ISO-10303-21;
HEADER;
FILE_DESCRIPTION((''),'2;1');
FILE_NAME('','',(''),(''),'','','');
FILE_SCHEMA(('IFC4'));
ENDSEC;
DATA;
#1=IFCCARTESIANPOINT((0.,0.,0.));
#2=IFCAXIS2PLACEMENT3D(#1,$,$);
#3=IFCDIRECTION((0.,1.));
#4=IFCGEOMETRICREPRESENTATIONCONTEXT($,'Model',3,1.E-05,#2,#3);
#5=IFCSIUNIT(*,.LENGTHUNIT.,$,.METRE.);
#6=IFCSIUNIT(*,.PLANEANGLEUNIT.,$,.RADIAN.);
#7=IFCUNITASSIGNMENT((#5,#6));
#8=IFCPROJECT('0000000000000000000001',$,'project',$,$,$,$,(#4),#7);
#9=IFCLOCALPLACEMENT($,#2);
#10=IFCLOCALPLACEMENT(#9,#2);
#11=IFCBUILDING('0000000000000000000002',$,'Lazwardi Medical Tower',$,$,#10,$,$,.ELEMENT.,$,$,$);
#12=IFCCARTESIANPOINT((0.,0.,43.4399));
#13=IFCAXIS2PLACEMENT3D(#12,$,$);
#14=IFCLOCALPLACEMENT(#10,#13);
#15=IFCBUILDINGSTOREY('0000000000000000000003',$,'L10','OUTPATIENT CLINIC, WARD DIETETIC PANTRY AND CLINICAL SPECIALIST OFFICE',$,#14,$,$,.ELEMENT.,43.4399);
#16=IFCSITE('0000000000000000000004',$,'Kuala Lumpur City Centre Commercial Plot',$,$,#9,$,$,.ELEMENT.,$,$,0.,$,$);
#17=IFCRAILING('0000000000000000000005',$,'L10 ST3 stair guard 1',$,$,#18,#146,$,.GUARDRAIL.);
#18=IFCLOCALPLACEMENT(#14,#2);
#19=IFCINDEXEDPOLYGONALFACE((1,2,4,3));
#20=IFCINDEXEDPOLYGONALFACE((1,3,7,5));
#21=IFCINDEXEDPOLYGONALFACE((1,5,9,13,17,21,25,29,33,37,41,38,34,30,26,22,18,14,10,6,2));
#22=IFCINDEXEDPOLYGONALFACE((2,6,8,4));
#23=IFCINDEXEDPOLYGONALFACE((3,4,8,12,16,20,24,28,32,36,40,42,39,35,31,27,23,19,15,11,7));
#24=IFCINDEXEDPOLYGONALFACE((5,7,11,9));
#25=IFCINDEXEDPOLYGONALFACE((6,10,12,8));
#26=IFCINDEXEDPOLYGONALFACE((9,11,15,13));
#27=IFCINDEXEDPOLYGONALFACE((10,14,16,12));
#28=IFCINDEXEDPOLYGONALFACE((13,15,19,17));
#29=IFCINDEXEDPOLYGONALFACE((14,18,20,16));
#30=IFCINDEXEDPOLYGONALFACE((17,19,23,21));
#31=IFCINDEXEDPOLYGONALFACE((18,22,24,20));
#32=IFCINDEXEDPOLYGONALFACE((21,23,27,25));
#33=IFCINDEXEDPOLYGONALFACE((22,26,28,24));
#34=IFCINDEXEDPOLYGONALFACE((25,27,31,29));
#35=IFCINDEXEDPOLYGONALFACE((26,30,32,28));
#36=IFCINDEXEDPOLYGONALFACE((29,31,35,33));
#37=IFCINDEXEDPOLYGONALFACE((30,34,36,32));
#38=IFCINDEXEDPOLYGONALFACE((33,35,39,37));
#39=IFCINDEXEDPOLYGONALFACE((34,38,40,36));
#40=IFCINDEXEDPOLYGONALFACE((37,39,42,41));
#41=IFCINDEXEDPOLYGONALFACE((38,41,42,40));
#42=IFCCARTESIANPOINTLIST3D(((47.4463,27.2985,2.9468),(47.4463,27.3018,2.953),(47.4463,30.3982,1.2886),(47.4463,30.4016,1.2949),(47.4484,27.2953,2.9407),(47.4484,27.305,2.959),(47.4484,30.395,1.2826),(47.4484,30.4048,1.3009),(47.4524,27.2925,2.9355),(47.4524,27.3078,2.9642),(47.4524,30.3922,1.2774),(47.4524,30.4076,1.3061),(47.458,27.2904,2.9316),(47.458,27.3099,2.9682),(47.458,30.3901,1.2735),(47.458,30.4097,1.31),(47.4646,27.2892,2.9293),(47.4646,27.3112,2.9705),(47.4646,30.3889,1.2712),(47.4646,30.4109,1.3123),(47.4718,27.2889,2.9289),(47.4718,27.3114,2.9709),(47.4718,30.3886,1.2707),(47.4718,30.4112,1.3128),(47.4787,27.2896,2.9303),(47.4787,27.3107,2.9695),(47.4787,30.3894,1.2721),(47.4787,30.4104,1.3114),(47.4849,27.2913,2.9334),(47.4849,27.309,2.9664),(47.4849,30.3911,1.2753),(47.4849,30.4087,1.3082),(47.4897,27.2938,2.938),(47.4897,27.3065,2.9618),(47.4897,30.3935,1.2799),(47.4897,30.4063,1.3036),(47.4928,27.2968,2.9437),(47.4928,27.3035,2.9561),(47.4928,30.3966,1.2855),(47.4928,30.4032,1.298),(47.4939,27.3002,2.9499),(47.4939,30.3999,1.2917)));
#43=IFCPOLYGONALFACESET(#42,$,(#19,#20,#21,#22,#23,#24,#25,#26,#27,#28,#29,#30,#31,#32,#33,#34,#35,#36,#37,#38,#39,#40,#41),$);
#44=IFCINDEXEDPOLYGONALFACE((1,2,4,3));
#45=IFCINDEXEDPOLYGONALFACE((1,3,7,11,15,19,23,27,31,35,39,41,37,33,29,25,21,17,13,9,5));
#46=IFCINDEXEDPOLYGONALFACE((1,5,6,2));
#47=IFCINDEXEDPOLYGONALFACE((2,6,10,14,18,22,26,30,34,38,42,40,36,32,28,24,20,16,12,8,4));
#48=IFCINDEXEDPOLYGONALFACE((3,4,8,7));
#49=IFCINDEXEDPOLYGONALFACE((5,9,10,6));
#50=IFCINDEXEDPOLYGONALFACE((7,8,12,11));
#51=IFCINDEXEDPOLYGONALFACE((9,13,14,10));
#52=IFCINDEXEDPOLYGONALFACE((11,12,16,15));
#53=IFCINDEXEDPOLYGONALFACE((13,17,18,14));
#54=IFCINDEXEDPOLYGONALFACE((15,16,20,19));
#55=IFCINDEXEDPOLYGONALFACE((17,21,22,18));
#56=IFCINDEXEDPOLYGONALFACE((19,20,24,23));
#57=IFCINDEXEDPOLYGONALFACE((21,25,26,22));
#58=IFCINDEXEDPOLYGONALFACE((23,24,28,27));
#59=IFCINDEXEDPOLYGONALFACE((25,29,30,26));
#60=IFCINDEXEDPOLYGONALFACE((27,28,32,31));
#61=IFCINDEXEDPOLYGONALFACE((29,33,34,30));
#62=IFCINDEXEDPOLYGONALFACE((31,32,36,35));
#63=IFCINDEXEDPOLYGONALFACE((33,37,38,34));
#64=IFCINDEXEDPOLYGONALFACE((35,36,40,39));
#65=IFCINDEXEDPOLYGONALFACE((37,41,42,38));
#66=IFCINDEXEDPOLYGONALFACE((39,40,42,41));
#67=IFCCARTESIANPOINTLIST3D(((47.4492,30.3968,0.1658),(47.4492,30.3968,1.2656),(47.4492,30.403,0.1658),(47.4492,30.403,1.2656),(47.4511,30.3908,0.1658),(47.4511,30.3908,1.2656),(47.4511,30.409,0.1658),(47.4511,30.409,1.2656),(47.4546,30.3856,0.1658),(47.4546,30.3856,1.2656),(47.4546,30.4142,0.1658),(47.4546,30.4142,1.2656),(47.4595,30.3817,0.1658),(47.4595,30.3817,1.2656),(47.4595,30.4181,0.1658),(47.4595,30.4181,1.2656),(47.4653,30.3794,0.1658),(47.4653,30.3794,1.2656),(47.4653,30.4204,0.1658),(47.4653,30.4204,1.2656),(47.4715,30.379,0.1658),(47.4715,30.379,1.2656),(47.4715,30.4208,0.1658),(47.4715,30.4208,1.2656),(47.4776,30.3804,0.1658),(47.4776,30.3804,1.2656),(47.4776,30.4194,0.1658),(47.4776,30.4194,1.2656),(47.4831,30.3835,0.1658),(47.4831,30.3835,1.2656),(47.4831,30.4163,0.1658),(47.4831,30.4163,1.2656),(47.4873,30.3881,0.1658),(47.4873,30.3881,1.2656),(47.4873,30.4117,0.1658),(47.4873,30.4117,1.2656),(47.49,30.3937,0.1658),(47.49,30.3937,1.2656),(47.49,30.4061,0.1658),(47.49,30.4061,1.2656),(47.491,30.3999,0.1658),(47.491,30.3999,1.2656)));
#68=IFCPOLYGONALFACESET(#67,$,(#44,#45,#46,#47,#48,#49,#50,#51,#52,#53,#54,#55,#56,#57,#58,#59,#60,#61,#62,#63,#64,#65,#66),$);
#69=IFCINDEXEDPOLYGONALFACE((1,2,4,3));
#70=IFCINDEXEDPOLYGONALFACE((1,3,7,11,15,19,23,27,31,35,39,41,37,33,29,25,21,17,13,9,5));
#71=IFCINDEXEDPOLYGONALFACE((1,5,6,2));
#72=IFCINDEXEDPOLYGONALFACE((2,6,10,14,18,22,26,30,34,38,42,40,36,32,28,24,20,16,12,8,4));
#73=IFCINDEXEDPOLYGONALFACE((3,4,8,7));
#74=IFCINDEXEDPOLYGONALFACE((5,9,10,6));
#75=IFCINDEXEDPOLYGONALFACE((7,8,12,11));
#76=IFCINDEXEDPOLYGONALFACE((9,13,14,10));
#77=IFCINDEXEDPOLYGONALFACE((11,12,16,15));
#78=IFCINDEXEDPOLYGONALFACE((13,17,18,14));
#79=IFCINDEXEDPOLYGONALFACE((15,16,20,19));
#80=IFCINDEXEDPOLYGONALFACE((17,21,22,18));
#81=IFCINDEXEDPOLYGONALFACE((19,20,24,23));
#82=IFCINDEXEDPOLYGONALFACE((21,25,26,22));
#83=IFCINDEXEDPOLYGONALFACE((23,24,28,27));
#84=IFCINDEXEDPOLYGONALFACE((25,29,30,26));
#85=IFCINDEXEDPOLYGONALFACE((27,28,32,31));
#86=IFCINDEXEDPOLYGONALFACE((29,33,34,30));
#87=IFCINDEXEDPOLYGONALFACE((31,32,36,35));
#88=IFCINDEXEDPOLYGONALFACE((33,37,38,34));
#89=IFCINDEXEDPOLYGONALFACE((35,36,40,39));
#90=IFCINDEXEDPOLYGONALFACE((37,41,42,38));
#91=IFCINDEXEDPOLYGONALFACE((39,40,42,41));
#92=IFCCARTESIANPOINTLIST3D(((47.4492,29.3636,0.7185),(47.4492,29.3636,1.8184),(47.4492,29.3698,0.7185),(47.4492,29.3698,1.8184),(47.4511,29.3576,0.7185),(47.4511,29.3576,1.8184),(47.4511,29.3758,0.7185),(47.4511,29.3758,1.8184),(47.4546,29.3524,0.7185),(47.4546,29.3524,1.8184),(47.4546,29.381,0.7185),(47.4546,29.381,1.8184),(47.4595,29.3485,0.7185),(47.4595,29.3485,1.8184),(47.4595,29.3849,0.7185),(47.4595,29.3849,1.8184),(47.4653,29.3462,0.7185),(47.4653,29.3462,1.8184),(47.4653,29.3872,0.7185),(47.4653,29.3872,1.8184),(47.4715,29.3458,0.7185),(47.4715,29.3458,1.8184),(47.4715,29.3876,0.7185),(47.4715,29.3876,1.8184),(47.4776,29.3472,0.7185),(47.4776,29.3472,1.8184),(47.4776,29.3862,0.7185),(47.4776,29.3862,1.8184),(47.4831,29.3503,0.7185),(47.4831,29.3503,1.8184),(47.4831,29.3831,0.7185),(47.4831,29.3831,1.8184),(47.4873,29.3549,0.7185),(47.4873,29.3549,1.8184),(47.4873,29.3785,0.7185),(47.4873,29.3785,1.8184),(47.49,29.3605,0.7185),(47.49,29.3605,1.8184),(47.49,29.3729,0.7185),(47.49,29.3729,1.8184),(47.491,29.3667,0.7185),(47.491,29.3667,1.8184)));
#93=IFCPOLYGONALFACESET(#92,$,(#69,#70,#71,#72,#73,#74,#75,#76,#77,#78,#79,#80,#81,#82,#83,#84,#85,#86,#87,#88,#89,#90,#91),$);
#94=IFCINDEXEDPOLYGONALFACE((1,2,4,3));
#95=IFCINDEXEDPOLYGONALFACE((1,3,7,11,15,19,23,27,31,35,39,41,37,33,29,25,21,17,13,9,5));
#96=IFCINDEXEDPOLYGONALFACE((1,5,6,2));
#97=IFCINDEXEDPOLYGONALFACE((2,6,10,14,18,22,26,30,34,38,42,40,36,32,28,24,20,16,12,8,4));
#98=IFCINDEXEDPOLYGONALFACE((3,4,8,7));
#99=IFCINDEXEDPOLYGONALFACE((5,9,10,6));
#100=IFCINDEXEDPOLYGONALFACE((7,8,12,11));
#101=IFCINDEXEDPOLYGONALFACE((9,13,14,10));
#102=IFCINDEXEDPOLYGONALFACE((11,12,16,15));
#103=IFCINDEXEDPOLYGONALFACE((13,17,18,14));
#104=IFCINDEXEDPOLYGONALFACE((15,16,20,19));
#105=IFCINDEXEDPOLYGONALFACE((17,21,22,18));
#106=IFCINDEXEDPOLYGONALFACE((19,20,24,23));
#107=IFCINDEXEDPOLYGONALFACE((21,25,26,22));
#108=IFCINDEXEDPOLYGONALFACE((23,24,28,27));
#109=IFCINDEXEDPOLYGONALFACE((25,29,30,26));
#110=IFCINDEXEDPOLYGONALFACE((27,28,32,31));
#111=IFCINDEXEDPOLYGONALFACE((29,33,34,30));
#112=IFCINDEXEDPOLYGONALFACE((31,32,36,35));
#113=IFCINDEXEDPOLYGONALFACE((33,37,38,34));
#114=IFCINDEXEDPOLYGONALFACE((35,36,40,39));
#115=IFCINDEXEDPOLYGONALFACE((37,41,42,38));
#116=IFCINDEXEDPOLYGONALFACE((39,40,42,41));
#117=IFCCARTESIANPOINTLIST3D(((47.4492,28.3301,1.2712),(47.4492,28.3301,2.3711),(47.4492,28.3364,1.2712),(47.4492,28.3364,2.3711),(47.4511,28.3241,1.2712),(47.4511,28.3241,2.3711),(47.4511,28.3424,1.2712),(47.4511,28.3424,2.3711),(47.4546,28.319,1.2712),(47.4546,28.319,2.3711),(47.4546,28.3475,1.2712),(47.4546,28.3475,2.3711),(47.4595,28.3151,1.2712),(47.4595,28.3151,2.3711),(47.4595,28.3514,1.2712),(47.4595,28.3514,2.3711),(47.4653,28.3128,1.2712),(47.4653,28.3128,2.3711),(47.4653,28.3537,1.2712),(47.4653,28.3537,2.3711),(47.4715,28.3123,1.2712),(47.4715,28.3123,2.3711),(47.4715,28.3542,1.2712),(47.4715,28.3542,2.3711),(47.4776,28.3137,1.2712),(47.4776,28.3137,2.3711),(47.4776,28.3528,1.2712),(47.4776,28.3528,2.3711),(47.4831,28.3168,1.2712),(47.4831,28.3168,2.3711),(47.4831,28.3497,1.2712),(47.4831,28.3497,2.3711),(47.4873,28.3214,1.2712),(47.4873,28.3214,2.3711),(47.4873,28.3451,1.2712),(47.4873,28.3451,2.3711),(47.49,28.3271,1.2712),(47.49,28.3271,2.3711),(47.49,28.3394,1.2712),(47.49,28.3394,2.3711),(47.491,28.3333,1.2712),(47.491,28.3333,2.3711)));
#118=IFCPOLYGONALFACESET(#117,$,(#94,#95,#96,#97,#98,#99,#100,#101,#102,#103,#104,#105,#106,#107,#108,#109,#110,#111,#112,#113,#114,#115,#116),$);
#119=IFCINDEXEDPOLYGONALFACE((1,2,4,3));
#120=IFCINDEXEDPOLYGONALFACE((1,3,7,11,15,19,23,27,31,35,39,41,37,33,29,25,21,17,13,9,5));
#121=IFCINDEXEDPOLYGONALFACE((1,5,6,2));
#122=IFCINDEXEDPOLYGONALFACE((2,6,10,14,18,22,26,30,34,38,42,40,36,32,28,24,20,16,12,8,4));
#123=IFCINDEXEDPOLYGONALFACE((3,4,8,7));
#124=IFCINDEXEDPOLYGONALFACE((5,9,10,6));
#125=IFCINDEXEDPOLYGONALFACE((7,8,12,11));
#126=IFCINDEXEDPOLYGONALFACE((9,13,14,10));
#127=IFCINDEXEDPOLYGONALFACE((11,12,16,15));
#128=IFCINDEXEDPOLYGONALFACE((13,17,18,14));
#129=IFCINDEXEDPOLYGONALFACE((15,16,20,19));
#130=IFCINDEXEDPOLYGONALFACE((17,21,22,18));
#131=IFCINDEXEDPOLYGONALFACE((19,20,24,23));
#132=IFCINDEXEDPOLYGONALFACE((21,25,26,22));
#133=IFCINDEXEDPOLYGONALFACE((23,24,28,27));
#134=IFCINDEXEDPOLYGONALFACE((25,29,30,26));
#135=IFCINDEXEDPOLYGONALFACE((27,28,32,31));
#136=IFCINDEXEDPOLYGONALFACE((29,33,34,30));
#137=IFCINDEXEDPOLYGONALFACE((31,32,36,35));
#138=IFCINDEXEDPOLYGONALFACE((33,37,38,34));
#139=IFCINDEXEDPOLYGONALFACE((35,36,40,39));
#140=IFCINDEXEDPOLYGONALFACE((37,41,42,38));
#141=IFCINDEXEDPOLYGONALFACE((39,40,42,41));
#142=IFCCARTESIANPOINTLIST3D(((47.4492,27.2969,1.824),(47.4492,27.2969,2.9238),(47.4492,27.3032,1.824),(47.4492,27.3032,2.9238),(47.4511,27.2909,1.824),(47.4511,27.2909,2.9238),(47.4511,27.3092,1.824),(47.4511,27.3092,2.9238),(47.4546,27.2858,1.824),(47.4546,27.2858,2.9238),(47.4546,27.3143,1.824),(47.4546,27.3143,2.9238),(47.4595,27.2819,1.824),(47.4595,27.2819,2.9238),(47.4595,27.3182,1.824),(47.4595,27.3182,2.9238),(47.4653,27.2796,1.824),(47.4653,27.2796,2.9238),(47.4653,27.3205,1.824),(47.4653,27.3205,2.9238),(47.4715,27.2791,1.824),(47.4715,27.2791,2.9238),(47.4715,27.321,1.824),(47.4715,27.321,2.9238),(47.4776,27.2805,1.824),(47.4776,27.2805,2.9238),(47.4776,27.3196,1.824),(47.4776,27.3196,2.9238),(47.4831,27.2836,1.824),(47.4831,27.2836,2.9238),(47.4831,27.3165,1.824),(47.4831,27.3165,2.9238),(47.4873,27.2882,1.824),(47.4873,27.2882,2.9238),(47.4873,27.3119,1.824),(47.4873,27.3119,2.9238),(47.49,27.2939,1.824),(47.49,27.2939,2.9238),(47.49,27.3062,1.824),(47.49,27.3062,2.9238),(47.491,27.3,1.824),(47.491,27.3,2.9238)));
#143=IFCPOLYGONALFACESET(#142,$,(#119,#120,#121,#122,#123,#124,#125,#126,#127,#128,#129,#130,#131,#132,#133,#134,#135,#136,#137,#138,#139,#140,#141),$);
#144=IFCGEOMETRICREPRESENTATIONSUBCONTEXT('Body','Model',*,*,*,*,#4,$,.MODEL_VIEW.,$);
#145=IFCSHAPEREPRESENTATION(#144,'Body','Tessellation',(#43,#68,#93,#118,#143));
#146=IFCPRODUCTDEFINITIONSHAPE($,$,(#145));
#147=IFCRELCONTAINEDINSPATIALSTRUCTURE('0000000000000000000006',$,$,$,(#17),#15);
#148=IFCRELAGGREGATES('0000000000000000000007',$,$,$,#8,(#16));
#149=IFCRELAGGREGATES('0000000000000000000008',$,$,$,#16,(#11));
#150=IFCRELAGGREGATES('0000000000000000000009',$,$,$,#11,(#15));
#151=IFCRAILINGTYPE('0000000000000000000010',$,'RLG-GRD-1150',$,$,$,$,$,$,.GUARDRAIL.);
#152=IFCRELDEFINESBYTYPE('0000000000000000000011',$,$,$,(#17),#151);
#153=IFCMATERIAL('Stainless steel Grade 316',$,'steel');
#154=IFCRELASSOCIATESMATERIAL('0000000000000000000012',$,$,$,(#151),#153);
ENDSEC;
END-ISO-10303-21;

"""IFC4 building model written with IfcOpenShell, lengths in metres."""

from ifc_helpers import new_model, si_unit, direction, frame, origin, origin_2d, place, context, subcontext, project, spatial, circle, extrude, material, type_object, element, save


model = new_model("IFC4")

# Units and contexts
model_context = context("Model", 3, precision=1e-05, world=origin(), true_north=direction((0.0, 1.0)))
body_context = subcontext(model_context, "Body", "Model", "MODEL_VIEW")
ifc_project = project(units=[si_unit("LENGTHUNIT", "METRE"), si_unit("PLANEANGLEUNIT", "RADIAN")], contexts=[model_context])

# Site, building, storey
site_placement = place(None, origin())
site = spatial("IfcSite", under=ifc_project, at=site_placement, Name="Kuala Lumpur City Centre Commercial Plot", CompositionType="ELEMENT", RefElevation=0.0)
building_placement = place(site_placement, origin())
building = spatial("IfcBuilding", under=site, at=building_placement, Name="Lazwardi Medical Tower", CompositionType="ELEMENT")
storey_placement = place(building_placement, frame((0.0, 0.0, 43.4399)))
storey = spatial("IfcBuildingStorey", under=building, at=storey_placement, Name="L10", Description="OUTPATIENT CLINIC, WARD DIETETIC PANTRY AND CLINICAL SPECIALIST OFFICE", CompositionType="ELEMENT", Elevation=43.4399)

# Railing
ifc_material_1 = material(Name="Stainless steel Grade 316", Category="steel")
railing_type_1 = type_object("IfcRailingType", Name="RLG-GRD-1150", PredefinedType="GUARDRAIL", material=ifc_material_1)
railing_1_placement = place(storey_placement, frame((47.47, 30.3999, 0.1658)))
element("IfcRailing", 1, at=railing_1_placement, inside=storey, type_object=railing_type_1, Name="L10 ST3 stair guard 1", PredefinedType="GUARDRAIL", context=body_context, shape_type="SweptSolid", body=[
    extrude(circle(Radius=0.0239, at=origin_2d()), frame((0.0, 0.0, 1.126), z_axis=(0.0, -0.881768, 0.471684), x_axis=(1.0, 0.0, 0.0)), (0.0, 0.0, 1.0), 3.5154),
    extrude(circle(Radius=0.021, at=origin_2d()), origin(), (0.0, 0.0, 1.0), 1.0999),
    extrude(circle(Radius=0.021, at=origin_2d()), frame((0.0, -1.0332, 0.5527)), (0.0, 0.0, 1.0), 1.0999),
    extrude(circle(Radius=0.021, at=origin_2d()), frame((0.0, -2.0667, 1.1055)), (0.0, 0.0, 1.0), 1.0999),
    extrude(circle(Radius=0.021, at=origin_2d()), frame((0.0, -3.0999, 1.6582)), (0.0, 0.0, 1.0), 1.0999),
])

save(model, "model.ifc")
